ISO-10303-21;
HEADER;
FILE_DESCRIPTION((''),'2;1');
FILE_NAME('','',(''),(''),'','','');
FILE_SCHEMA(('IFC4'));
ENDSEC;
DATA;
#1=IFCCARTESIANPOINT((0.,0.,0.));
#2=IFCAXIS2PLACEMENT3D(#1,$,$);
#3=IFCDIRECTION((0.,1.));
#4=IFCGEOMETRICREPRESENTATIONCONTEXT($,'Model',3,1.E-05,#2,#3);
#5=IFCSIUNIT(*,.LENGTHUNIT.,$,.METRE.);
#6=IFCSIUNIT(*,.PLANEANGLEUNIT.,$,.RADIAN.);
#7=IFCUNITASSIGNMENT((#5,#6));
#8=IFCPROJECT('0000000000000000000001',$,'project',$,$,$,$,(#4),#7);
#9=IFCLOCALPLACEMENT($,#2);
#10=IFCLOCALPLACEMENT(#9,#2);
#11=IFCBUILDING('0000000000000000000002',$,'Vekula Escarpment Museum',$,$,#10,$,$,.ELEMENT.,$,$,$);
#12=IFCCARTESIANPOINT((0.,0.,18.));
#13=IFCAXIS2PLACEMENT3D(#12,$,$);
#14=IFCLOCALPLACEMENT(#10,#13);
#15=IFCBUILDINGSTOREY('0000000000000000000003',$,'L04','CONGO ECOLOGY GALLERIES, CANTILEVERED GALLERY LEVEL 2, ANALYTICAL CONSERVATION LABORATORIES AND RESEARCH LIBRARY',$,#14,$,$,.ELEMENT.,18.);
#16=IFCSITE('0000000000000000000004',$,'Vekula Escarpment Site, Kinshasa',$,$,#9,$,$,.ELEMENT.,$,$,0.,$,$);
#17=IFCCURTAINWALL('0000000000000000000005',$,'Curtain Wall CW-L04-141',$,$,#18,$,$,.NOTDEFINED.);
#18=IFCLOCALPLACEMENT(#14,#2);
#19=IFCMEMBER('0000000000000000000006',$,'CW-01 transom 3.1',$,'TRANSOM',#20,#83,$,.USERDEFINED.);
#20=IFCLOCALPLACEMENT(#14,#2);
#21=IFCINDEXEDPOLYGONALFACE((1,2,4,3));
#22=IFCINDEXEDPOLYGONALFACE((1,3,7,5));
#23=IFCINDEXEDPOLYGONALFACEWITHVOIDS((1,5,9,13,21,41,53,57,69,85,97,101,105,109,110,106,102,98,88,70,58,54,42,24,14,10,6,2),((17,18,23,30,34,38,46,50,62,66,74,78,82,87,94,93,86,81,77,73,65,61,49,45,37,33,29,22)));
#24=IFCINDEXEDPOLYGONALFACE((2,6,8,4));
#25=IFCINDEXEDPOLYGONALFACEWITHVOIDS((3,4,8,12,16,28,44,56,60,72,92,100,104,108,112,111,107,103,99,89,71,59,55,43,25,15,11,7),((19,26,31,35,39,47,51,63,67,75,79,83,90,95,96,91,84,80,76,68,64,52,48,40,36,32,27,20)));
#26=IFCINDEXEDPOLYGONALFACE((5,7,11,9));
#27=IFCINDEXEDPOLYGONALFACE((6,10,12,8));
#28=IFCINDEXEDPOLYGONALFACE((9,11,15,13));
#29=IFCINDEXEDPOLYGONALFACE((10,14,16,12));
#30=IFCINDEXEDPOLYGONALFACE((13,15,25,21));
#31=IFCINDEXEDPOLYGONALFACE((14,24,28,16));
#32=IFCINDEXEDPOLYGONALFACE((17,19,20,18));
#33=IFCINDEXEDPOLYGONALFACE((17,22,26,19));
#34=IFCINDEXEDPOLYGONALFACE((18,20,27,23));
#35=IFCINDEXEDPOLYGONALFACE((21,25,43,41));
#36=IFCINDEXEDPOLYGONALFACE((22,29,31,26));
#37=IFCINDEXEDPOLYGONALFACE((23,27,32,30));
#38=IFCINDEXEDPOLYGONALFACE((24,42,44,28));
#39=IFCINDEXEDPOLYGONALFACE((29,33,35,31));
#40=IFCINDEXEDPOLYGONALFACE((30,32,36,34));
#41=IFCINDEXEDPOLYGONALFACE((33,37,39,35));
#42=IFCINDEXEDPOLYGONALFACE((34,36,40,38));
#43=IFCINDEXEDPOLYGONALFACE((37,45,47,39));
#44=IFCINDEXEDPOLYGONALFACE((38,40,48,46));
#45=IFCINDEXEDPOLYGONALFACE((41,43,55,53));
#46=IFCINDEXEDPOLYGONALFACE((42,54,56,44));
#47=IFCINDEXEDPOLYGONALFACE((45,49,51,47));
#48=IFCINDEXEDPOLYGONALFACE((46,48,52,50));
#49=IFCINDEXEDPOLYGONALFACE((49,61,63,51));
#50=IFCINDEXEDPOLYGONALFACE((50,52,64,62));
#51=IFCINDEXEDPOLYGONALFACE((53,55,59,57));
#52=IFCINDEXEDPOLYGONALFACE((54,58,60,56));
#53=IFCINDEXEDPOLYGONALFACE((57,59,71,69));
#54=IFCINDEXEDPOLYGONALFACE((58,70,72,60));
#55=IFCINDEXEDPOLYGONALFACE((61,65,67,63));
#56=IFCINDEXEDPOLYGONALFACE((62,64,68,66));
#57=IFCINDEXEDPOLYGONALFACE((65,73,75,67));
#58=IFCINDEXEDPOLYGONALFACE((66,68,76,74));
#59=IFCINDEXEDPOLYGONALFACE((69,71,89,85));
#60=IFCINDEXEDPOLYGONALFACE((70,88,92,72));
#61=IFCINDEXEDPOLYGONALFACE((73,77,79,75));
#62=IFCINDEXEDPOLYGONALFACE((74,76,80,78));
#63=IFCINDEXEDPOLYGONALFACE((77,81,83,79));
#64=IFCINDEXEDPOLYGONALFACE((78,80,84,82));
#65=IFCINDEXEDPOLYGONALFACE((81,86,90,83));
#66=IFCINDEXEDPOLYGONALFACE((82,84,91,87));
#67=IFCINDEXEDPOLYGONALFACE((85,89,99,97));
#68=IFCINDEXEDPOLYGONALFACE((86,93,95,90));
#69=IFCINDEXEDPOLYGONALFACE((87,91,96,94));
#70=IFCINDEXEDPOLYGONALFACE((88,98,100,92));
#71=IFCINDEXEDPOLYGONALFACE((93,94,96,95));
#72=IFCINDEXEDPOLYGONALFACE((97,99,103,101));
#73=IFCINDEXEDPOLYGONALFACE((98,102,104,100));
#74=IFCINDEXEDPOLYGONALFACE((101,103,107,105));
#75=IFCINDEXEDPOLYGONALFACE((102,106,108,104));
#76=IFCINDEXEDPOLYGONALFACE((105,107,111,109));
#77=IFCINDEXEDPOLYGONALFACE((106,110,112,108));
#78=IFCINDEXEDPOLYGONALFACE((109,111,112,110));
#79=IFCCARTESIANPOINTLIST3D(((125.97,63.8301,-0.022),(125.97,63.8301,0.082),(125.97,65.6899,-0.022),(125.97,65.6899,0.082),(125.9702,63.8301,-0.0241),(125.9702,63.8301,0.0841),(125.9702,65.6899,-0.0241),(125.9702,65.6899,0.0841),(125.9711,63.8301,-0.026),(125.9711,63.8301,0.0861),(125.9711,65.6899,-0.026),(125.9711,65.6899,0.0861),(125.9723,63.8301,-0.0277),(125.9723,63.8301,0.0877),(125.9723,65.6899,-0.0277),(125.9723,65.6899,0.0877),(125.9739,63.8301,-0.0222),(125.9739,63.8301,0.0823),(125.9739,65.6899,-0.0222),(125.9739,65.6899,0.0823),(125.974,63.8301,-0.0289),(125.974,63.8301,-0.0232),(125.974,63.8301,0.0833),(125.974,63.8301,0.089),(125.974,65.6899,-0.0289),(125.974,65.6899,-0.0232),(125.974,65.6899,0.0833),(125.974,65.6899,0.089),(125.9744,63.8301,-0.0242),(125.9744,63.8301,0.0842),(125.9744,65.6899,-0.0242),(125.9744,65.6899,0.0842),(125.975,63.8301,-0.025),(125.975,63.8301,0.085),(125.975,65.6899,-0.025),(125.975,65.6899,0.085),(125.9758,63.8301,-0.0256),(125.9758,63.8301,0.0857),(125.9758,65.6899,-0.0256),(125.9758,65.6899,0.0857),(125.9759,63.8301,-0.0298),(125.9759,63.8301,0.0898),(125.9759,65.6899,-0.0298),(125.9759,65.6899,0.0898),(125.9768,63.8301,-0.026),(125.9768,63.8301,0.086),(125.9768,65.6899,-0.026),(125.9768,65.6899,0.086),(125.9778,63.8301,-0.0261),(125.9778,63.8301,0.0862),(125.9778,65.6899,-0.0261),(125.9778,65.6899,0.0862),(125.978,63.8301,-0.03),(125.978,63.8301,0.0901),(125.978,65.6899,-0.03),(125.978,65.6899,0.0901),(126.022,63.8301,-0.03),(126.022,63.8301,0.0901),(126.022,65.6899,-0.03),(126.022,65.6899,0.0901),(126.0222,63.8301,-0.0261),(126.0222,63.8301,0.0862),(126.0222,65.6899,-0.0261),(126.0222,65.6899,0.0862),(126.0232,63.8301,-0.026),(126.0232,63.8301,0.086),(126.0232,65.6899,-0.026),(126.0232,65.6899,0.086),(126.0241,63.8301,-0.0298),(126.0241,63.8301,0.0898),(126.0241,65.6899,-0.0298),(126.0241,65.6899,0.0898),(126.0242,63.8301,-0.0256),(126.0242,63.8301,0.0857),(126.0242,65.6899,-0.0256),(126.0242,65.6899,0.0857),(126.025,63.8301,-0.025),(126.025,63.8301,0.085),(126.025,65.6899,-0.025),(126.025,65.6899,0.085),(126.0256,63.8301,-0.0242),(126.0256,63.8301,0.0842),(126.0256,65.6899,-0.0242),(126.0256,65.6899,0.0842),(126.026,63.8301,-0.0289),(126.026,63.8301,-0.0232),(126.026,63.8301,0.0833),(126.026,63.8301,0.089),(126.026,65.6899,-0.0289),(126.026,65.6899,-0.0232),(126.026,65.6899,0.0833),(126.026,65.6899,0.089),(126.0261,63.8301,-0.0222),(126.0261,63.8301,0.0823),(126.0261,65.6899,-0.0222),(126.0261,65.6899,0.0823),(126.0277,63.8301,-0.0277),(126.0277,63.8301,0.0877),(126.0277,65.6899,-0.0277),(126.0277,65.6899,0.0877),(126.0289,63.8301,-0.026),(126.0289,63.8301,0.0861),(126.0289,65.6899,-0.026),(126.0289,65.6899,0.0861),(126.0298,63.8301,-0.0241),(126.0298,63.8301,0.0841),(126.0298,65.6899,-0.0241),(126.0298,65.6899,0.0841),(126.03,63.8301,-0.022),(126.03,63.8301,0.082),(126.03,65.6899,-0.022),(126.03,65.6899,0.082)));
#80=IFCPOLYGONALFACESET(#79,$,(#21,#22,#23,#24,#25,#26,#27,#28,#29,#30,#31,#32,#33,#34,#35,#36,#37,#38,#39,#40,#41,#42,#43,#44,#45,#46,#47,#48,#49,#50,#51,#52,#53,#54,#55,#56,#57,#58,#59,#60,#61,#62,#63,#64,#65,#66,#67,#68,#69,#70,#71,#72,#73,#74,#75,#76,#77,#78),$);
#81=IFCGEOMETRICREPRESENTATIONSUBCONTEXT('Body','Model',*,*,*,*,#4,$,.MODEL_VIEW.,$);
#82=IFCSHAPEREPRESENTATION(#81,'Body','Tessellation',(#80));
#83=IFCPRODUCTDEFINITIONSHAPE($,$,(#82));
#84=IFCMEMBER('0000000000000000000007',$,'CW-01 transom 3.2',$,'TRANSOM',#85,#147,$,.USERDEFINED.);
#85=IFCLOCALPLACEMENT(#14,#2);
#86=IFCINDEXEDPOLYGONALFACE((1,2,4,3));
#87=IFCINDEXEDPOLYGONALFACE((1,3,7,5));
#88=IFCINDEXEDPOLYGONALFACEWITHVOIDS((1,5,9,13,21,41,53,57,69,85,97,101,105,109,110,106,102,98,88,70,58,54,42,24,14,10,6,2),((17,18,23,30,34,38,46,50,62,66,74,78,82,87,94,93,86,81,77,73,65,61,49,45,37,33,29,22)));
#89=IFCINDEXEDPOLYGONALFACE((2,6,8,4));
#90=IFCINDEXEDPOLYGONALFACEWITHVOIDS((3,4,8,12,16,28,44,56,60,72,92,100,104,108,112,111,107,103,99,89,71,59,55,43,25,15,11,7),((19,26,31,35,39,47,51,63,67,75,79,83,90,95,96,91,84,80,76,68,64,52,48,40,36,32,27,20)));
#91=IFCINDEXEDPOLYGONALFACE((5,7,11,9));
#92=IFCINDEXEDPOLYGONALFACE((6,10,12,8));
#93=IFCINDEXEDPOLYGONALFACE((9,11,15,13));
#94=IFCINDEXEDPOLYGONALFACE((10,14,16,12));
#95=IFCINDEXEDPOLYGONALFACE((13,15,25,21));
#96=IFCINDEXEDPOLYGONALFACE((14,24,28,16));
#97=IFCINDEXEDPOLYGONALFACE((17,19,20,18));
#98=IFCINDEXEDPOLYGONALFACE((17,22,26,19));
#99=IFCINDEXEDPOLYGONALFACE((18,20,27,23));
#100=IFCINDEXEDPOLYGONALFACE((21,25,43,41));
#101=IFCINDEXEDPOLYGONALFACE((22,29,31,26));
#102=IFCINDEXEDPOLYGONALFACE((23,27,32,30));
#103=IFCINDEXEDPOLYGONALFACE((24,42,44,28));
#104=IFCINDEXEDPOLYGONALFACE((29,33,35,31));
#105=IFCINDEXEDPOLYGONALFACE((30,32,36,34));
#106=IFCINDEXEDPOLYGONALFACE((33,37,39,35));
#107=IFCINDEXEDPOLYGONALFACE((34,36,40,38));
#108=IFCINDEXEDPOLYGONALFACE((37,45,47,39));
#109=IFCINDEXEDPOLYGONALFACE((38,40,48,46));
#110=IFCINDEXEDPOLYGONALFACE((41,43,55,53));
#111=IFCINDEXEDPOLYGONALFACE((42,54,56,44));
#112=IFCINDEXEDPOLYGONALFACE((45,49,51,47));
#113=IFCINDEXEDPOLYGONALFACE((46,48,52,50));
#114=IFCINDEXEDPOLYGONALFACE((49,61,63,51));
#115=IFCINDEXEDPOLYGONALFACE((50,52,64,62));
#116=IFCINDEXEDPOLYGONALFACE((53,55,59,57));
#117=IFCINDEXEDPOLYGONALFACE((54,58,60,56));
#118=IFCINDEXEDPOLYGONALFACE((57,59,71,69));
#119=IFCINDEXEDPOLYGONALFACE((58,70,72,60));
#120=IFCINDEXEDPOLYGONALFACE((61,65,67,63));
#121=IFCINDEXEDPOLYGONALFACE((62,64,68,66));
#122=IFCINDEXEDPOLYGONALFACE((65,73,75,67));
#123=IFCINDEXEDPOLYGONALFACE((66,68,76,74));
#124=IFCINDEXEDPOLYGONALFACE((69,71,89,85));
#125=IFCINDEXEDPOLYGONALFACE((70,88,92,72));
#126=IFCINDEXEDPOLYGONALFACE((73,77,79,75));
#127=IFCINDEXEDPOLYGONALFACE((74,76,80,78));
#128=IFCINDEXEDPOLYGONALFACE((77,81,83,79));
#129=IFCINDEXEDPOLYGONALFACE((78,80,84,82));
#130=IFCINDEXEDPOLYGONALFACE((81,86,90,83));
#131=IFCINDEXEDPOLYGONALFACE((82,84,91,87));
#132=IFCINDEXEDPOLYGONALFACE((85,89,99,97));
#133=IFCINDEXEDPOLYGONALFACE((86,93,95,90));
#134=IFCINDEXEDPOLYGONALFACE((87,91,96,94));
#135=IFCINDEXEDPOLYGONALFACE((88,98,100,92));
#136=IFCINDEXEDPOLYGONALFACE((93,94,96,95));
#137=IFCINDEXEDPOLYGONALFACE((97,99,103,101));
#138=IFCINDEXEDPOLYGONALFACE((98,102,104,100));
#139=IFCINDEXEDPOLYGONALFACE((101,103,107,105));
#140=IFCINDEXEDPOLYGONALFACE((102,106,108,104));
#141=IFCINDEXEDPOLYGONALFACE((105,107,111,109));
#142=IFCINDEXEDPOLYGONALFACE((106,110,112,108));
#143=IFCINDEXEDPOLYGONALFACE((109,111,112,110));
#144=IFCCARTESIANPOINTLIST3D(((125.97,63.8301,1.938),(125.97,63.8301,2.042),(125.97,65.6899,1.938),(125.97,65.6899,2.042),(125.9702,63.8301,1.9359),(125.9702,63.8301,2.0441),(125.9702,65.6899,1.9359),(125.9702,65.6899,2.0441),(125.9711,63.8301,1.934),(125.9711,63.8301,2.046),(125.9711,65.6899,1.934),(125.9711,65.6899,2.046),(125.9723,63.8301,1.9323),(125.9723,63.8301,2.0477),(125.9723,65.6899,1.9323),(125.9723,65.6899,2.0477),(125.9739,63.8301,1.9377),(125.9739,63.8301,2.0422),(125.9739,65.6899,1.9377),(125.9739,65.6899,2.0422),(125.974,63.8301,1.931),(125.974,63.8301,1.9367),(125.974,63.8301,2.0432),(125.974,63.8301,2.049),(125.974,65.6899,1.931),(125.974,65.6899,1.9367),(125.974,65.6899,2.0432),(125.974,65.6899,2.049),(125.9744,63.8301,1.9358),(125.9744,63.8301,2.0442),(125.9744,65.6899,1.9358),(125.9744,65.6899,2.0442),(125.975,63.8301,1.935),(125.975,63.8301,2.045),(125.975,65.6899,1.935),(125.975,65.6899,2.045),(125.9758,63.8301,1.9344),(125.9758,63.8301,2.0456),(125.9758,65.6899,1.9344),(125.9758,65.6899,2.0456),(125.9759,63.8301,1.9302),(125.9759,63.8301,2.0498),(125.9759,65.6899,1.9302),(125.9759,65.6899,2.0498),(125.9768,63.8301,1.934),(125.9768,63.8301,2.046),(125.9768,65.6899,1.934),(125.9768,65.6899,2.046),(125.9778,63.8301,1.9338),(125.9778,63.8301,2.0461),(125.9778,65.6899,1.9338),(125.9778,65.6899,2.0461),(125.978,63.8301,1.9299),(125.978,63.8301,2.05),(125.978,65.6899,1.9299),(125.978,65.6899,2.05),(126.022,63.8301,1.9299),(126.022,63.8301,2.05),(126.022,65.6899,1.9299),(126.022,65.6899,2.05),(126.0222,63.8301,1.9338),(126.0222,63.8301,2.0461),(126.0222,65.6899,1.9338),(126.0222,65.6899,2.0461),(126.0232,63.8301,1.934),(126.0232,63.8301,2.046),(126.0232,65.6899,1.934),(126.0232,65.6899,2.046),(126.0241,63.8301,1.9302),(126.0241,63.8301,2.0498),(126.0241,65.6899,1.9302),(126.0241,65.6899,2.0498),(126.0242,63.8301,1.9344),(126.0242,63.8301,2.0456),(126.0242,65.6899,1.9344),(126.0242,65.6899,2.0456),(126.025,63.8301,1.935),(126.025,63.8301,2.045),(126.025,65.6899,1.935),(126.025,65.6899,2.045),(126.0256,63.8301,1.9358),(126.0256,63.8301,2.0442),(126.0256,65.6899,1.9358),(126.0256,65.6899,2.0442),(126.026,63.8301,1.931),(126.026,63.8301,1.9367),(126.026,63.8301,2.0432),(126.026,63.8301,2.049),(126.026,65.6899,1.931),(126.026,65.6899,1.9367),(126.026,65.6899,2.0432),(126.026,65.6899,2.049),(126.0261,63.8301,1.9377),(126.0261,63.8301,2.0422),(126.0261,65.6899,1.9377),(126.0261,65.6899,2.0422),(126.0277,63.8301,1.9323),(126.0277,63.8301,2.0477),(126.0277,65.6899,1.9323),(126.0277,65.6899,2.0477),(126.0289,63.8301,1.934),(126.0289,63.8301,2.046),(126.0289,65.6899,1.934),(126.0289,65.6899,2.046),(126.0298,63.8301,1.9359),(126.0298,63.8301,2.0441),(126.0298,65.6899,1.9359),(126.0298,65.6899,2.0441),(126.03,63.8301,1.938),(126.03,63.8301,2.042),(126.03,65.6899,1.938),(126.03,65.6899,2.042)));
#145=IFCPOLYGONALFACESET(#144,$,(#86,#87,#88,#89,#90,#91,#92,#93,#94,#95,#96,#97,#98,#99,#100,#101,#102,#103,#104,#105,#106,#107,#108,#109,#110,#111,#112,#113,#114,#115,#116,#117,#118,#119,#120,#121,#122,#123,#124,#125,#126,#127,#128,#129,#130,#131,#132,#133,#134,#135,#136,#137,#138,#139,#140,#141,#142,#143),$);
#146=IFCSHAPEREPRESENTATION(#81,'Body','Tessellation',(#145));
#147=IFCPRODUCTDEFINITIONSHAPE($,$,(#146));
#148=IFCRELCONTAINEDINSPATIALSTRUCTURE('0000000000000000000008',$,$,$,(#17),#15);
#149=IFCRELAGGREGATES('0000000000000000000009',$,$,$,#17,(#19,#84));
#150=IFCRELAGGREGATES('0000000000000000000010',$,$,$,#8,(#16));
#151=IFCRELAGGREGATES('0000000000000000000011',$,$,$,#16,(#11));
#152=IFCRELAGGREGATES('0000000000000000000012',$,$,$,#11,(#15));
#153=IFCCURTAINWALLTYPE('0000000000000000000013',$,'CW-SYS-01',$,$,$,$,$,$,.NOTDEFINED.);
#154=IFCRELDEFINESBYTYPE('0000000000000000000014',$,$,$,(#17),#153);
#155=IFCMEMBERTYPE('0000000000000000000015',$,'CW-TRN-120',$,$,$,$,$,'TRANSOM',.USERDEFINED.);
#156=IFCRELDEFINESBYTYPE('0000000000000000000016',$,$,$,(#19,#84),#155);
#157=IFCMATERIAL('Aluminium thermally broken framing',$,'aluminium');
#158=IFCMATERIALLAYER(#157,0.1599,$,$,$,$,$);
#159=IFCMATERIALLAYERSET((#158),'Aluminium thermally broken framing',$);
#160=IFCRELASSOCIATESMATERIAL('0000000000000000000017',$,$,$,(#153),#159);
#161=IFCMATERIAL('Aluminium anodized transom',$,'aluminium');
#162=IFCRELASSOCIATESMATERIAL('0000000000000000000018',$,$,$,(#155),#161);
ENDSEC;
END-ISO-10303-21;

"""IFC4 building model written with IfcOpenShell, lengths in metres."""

from ifc_helpers import new_model, si_unit, direction, frame, origin, origin_2d, place, context, subcontext, project, spatial, hollow_rectangle, extrude, material, layer, layer_set, material_profile, profile_set, type_object, element, aggregate, save


model = new_model("IFC4")

# Units and contexts
model_context = context("Model", 3, precision=1e-05, world=origin(), true_north=direction((0.0, 1.0)))
body_context = subcontext(model_context, "Body", "Model", "MODEL_VIEW")
ifc_project = project(units=[si_unit("LENGTHUNIT", "METRE"), si_unit("PLANEANGLEUNIT", "RADIAN")], contexts=[model_context])

# Site, building, storey
site_placement = place(None, origin())
site = spatial("IfcSite", under=ifc_project, at=site_placement, Name="Vekula Escarpment Site, Kinshasa", CompositionType="ELEMENT", RefElevation=0.0)
building_placement = place(site_placement, origin())
building = spatial("IfcBuilding", under=site, at=building_placement, Name="Vekula Escarpment Museum", CompositionType="ELEMENT")
storey_placement = place(building_placement, frame((0.0, 0.0, 18.0)))
storey = spatial("IfcBuildingStorey", under=building, at=storey_placement, Name="L04", Description="CONGO ECOLOGY GALLERIES, CANTILEVERED GALLERY LEVEL 2, ANALYTICAL CONSERVATION LABORATORIES AND RESEARCH LIBRARY", CompositionType="ELEMENT", Elevation=18.0)

# Curtain wall, members
ifc_material_1 = material(Name="Aluminium thermally broken framing", Category="aluminium")
ifc_layer_1 = layer(ifc_material_1, 0.1599)
ifc_layer_set_1 = layer_set([ifc_layer_1], Name="Aluminium thermally broken framing")
curtain_wall_type = type_object("IfcCurtainWallType", Name="CW-SYS-01", PredefinedType="NOTDEFINED", material=ifc_layer_set_1)
curtain_wall_placement = place(storey_placement, origin())
curtain_wall = element("IfcCurtainWall", 1, at=curtain_wall_placement, inside=storey, type_object=curtain_wall_type, Name="Curtain Wall CW-L04-141", PredefinedType="NOTDEFINED")
ifc_material_2 = material(Name="Aluminium anodized transom", Category="aluminium")
ifc_material_profile_1 = material_profile(ifc_material_2, hollow_rectangle(XDim=0.0601, YDim=0.1201, WallThickness=0.0039, InnerFilletRadius=0.0039, OuterFilletRadius=0.0081, at=origin_2d()), Name="ALU 120x60x4")
ifc_profile_set_1 = profile_set([ifc_material_profile_1], Name="Aluminium anodized transom")
member_type_1 = type_object("IfcMemberType", Name="CW-TRN-120", ElementType="TRANSOM", PredefinedType="USERDEFINED", material=ifc_profile_set_1)
member_1_placement = place(storey_placement, frame((126.0, 63.8301, 0.03), z_axis=(0.0, 1.0, 0.0), x_axis=(-1.0, 0.0, 0.0)))
member_1 = element("IfcMember", 2, at=member_1_placement, type_object=member_type_1, Name="CW-01 transom 3.1", ObjectType="TRANSOM", PredefinedType="USERDEFINED", context=body_context, shape_type="SweptSolid", body=[
    extrude(hollow_rectangle(XDim=0.0601, YDim=0.1201, WallThickness=0.0039, InnerFilletRadius=0.0039, OuterFilletRadius=0.0081, at=origin_2d()), origin(), (0.0, 0.0, 1.0), 1.8599),
])
member_2_placement = place(storey_placement, frame((126.0, 63.8301, 1.99), z_axis=(0.0, 1.0, 0.0), x_axis=(-1.0, 0.0, 0.0)))
member_2 = element("IfcMember", 3, at=member_2_placement, type_object=member_type_1, Name="CW-01 transom 3.2", ObjectType="TRANSOM", PredefinedType="USERDEFINED", context=body_context, shape_type="SweptSolid", body=[
    extrude(hollow_rectangle(XDim=0.0601, YDim=0.1201, WallThickness=0.0039, InnerFilletRadius=0.0039, OuterFilletRadius=0.0081, at=origin_2d()), origin(), (0.0, 0.0, 1.0), 1.8599),
])
aggregate(curtain_wall, [member_1, member_2])

save(model, "model.ifc")
